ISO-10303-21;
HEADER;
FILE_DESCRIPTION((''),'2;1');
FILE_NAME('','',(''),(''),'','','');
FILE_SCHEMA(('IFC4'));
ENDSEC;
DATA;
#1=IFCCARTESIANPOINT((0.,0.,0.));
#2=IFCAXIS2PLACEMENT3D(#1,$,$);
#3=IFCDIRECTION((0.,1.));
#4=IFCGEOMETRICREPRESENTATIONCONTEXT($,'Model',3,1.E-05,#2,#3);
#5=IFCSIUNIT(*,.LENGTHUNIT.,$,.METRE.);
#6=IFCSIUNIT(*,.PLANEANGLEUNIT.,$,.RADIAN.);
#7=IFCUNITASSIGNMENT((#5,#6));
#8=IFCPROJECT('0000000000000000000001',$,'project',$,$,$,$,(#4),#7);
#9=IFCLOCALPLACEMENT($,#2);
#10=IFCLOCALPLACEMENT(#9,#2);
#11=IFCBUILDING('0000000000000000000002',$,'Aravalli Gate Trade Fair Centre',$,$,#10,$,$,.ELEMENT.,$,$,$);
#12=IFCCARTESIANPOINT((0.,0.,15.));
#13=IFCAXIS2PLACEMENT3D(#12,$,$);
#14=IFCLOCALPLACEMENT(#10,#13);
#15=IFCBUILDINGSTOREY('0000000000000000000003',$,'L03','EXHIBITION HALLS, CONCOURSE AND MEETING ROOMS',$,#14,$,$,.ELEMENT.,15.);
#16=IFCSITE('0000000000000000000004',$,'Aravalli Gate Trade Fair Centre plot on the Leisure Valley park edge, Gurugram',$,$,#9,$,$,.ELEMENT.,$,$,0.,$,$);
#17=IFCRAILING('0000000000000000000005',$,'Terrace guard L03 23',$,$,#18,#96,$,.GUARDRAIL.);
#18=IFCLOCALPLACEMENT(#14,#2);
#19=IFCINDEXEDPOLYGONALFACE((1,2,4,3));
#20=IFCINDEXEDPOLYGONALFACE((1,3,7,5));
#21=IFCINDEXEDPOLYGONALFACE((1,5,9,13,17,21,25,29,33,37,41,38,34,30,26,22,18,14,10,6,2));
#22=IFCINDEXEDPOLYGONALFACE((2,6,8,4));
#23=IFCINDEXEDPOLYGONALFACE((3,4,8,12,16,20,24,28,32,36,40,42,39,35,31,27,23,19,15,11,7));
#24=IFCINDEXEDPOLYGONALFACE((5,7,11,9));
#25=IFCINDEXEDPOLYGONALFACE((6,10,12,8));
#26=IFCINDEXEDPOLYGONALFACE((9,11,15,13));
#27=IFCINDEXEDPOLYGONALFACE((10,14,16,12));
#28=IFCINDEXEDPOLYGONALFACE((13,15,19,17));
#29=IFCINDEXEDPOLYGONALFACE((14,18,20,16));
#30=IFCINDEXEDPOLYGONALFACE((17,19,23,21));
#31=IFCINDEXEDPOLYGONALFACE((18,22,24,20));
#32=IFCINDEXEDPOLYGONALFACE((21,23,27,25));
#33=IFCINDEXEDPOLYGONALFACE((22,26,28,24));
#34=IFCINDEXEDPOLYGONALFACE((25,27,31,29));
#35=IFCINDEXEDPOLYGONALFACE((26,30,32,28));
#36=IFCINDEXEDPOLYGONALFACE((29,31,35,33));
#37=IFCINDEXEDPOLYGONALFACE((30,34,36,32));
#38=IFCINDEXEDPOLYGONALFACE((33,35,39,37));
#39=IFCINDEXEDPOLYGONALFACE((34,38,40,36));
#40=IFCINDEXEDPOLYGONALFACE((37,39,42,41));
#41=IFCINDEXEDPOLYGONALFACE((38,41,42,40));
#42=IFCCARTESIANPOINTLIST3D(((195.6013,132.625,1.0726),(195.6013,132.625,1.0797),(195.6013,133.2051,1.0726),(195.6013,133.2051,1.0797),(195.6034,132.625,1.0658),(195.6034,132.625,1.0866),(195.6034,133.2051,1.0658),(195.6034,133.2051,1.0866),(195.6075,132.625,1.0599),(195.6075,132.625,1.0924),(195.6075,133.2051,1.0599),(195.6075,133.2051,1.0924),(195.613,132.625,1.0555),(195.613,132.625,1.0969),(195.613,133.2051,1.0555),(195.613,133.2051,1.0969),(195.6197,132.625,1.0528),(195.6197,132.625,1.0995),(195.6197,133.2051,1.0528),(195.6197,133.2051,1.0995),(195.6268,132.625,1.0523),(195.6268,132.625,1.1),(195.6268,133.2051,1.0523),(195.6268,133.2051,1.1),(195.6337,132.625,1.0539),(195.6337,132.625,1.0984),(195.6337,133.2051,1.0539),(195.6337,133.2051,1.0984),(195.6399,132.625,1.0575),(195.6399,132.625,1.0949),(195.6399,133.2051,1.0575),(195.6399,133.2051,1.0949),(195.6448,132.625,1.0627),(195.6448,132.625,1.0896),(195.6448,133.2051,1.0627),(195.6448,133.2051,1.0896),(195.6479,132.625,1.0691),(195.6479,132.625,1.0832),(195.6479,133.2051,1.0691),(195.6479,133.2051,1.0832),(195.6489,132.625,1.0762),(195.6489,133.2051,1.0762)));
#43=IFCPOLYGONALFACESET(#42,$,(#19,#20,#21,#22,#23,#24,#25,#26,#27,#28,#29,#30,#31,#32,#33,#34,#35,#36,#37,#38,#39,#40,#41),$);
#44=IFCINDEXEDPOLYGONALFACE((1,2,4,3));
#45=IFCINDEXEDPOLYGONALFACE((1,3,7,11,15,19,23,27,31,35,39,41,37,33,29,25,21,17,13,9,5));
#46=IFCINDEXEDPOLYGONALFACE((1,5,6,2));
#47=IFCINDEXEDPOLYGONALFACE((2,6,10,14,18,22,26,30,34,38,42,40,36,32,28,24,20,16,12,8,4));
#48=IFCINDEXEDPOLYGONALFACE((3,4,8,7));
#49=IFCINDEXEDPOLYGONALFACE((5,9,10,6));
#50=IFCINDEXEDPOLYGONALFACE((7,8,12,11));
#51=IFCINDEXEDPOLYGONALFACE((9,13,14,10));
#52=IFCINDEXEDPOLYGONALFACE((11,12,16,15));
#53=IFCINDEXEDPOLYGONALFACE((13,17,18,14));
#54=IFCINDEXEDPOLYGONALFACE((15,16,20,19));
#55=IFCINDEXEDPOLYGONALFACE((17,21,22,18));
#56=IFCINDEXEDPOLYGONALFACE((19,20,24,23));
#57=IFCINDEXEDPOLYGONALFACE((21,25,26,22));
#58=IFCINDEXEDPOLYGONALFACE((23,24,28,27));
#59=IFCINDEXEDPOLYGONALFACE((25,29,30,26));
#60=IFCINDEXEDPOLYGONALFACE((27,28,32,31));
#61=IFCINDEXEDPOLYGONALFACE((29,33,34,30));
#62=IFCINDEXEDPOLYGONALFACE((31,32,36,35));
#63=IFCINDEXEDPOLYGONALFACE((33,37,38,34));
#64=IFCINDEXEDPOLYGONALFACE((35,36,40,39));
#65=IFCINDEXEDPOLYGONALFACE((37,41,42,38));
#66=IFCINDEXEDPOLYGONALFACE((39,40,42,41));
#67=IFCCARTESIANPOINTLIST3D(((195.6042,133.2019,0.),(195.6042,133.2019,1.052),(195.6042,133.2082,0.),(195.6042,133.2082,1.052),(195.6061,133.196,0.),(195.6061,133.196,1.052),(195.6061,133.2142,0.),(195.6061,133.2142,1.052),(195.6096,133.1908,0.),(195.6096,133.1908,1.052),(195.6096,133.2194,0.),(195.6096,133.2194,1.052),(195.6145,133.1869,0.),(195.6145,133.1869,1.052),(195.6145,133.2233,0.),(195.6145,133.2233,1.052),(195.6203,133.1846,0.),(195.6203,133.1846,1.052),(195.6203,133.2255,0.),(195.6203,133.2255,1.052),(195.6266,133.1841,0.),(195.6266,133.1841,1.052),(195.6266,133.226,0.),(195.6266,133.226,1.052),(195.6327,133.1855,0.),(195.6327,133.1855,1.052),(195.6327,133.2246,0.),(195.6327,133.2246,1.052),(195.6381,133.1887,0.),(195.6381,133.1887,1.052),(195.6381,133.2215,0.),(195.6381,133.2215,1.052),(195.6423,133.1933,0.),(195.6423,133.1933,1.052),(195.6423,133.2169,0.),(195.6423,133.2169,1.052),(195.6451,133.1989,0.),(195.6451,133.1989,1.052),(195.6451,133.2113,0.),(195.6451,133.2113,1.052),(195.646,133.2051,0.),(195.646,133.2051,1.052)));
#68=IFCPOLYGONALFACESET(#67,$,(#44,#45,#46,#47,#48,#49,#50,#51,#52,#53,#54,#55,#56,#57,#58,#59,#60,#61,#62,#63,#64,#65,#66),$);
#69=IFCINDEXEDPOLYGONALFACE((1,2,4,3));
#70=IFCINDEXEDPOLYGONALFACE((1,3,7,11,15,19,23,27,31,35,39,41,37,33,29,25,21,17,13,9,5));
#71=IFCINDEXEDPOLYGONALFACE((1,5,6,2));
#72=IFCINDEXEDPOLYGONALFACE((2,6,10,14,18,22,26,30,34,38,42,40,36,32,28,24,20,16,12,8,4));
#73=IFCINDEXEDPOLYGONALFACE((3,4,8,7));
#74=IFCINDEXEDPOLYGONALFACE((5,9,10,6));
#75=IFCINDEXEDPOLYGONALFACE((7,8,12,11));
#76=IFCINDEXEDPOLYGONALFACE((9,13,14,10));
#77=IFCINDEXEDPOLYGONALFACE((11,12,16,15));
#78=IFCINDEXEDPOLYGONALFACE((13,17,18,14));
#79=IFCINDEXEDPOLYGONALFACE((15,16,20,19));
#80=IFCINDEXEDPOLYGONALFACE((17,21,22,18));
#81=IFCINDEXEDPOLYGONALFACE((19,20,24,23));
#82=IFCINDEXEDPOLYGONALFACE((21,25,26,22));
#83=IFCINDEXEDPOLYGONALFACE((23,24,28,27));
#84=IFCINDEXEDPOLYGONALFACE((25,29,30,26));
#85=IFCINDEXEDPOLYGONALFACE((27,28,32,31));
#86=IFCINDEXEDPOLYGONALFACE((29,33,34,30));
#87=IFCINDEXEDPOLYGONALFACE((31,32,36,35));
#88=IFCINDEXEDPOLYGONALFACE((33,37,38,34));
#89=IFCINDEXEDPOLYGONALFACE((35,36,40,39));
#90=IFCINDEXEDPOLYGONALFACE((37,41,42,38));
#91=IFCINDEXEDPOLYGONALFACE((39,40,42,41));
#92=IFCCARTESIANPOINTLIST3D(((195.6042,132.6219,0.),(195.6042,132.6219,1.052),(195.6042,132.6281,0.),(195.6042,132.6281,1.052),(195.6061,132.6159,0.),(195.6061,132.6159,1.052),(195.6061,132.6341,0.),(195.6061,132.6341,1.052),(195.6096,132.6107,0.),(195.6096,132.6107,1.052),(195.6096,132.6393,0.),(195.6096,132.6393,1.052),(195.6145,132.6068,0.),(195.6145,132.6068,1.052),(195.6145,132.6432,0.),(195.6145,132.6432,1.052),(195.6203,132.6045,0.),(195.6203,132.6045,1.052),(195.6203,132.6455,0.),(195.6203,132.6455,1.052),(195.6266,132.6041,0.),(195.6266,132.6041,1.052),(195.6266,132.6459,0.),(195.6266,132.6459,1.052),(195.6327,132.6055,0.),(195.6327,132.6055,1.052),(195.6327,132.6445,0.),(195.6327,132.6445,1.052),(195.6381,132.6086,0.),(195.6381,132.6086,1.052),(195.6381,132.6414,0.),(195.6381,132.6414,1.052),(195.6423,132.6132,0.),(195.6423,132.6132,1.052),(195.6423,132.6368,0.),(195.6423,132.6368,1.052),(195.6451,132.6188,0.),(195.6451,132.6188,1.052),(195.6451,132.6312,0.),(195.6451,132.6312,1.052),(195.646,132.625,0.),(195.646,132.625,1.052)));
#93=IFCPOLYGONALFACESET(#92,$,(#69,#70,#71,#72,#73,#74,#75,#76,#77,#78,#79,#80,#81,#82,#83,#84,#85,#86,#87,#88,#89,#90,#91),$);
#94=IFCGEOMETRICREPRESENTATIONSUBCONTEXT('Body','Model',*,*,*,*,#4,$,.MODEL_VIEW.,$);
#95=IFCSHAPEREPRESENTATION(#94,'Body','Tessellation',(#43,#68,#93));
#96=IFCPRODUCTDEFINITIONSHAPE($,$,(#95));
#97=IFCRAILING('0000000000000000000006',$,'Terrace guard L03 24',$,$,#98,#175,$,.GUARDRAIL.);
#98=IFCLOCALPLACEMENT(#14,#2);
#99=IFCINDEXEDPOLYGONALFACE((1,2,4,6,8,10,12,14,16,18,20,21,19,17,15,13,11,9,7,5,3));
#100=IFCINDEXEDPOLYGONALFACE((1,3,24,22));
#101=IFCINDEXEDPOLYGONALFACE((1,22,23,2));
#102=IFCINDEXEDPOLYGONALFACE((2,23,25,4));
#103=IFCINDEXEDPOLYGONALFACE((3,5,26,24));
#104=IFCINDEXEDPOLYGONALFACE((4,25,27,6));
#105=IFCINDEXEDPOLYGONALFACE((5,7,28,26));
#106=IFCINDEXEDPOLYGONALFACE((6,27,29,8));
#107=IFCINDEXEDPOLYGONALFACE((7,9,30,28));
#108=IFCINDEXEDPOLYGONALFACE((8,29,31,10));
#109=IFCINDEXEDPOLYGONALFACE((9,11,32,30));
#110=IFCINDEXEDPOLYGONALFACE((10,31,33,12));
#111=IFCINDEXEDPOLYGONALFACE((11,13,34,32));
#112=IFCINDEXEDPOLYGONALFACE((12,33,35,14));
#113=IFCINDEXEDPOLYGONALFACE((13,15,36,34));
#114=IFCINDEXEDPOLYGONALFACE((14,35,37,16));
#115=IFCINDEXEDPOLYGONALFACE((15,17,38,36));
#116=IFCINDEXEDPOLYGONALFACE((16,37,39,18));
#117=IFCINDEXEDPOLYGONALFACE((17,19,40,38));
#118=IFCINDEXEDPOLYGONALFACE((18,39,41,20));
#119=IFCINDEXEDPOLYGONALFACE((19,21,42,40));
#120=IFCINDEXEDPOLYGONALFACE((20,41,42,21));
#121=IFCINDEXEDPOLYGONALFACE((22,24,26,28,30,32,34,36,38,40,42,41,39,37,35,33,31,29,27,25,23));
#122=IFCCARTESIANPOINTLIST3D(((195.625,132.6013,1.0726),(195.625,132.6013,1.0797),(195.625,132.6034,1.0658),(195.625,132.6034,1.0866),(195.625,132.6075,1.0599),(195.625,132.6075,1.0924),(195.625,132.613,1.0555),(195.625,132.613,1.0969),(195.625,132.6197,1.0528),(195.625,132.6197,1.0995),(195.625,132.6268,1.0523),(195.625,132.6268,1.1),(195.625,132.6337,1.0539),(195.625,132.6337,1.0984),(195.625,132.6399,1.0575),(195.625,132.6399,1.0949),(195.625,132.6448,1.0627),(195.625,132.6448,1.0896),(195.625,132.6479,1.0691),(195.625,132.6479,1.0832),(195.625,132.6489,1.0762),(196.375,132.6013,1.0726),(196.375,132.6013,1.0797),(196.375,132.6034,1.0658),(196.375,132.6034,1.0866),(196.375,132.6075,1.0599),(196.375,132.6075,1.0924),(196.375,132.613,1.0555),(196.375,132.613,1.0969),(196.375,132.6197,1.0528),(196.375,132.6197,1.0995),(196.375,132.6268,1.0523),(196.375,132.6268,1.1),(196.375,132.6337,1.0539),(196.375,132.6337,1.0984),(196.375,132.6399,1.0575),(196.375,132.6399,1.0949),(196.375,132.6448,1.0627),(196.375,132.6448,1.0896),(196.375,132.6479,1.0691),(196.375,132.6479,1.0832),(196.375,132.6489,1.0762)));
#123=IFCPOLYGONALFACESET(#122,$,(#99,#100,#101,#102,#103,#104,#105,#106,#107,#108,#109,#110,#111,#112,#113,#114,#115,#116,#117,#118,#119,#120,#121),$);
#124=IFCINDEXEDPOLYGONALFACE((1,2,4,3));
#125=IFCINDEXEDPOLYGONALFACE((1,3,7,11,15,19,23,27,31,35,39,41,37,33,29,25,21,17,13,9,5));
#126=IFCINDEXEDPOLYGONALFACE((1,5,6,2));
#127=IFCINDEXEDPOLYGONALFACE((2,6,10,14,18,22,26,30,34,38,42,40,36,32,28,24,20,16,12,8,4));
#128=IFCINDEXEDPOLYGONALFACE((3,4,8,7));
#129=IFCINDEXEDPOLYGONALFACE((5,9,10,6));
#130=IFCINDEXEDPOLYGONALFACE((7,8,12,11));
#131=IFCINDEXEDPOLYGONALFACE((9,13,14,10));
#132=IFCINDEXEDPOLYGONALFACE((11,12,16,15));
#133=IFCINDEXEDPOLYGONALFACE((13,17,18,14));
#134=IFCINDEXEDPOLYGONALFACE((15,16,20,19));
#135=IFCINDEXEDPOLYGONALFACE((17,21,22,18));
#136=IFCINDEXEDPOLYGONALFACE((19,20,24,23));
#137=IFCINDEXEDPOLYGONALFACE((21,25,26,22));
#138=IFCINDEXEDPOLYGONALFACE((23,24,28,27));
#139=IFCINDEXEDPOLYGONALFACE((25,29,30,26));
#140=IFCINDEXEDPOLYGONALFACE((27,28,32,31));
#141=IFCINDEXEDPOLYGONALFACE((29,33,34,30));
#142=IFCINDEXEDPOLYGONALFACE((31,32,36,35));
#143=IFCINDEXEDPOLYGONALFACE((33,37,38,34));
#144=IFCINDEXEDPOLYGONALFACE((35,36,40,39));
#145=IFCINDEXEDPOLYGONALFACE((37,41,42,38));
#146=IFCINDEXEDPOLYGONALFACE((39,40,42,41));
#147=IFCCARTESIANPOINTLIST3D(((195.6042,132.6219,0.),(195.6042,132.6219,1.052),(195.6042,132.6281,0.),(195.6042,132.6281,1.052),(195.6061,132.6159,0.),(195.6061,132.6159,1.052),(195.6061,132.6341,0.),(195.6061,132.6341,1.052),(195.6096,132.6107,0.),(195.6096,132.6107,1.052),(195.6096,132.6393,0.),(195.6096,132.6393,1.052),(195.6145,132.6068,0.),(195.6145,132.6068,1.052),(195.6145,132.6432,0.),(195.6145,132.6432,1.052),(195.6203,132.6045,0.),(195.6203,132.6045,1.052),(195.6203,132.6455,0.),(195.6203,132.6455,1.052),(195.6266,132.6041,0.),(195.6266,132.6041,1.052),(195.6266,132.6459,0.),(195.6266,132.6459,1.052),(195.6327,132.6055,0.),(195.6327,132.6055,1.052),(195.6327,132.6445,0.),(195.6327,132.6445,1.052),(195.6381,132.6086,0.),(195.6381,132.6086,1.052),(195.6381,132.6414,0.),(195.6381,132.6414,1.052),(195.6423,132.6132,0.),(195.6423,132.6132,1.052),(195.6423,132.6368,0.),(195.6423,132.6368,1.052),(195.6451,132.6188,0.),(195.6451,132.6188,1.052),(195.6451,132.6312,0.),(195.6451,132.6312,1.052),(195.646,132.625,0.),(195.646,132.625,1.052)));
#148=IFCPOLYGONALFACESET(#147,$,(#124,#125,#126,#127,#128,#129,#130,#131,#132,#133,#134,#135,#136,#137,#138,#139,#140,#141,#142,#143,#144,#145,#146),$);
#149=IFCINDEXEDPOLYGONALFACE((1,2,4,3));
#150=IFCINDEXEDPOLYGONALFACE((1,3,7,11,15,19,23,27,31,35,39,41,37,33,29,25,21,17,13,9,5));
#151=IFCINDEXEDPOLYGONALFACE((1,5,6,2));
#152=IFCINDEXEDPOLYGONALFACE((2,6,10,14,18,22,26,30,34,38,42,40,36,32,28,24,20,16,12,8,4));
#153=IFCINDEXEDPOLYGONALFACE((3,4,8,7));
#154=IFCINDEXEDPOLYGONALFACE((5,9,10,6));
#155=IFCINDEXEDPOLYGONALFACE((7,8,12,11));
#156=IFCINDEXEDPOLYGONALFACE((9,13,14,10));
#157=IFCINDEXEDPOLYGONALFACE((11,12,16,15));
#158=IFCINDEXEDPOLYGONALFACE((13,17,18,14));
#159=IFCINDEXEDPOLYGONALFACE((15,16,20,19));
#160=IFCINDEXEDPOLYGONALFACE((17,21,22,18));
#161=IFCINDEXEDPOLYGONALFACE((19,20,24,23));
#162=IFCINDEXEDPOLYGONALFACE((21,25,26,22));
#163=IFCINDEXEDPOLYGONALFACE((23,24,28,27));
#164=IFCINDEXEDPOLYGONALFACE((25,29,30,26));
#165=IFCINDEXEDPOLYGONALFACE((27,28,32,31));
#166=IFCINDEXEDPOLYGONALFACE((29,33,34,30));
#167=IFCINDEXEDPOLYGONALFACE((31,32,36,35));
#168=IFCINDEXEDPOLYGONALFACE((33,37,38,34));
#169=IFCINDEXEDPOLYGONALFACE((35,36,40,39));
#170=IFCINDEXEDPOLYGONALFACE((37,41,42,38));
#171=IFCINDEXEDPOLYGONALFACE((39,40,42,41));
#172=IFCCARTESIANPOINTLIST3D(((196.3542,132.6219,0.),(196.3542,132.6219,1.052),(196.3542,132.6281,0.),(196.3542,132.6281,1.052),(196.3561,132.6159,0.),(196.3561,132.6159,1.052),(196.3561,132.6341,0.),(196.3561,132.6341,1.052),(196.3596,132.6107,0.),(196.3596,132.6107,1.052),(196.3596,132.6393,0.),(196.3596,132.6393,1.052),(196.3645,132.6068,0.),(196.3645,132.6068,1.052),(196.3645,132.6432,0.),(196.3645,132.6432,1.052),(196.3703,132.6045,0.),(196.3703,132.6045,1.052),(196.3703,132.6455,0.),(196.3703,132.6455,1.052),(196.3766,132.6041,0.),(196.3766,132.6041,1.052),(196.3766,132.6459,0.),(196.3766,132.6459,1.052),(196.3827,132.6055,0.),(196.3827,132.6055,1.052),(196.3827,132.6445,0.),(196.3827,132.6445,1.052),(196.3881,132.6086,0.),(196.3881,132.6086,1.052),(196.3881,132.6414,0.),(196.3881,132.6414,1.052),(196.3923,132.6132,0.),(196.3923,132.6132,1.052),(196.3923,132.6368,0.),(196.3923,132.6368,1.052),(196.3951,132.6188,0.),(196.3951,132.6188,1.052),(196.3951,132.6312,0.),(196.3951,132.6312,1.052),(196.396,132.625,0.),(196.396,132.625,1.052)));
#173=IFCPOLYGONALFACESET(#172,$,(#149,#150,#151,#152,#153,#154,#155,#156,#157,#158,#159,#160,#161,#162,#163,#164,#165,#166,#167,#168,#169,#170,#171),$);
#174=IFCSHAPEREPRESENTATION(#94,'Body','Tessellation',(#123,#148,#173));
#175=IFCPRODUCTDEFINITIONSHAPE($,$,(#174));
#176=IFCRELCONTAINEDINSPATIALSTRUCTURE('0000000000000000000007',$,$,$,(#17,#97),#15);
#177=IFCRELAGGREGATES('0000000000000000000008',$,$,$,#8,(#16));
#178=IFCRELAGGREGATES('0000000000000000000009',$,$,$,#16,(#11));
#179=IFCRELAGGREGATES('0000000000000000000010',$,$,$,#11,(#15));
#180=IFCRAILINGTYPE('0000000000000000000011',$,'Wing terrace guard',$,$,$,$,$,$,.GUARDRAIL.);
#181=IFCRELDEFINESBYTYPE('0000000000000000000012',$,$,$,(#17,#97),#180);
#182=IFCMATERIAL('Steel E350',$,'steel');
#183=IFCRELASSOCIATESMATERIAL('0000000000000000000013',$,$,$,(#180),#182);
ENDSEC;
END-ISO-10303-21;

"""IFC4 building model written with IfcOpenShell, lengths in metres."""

from ifc_helpers import new_model, si_unit, direction, frame, origin, origin_2d, place, context, subcontext, project, spatial, circle, extrude, material, type_object, element, save


model = new_model("IFC4")

# Units and contexts
model_context = context("Model", 3, precision=1e-05, world=origin(), true_north=direction((0.0, 1.0)))
body_context = subcontext(model_context, "Body", "Model", "MODEL_VIEW")
ifc_project = project(units=[si_unit("LENGTHUNIT", "METRE"), si_unit("PLANEANGLEUNIT", "RADIAN")], contexts=[model_context])

# Site, building, storey
site_placement = place(None, origin())
site = spatial("IfcSite", under=ifc_project, at=site_placement, Name="Aravalli Gate Trade Fair Centre plot on the Leisure Valley park edge, Gurugram", CompositionType="ELEMENT", RefElevation=0.0)
building_placement = place(site_placement, origin())
building = spatial("IfcBuilding", under=site, at=building_placement, Name="Aravalli Gate Trade Fair Centre", CompositionType="ELEMENT")
storey_placement = place(building_placement, frame((0.0, 0.0, 15.0)))
storey = spatial("IfcBuildingStorey", under=building, at=storey_placement, Name="L03", Description="EXHIBITION HALLS, CONCOURSE AND MEETING ROOMS", CompositionType="ELEMENT", Elevation=15.0)

# Shared definitions
ifc_material_1 = material(Name="Steel E350", Category="steel")

# Railings
railing_type = type_object("IfcRailingType", Name="Wing terrace guard", PredefinedType="GUARDRAIL", material=ifc_material_1)
railing_1_placement = place(storey_placement, frame((195.625, 133.2051, 0.0)))
element("IfcRailing", 1, at=railing_1_placement, inside=storey, type_object=railing_type, Name="Terrace guard L03 23", PredefinedType="GUARDRAIL", context=body_context, shape_type="SweptSolid", body=[
    extrude(circle(Radius=0.0239, at=origin_2d()), frame((0.0, 0.0, 1.0762), z_axis=(0.0, -1.0, 0.0), x_axis=(1.0, 0.0, 0.0)), (0.0, 0.0, 1.0), 0.5801),
    extrude(circle(Radius=0.021, at=origin_2d()), origin(), (0.0, 0.0, 1.0), 1.052),
    extrude(circle(Radius=0.021, at=origin_2d()), frame((0.0, -0.5801, 0.0)), (0.0, 0.0, 1.0), 1.052),
])
railing_2_placement = place(storey_placement, frame((195.625, 132.625, 0.0)))
element("IfcRailing", 2, at=railing_2_placement, inside=storey, type_object=railing_type, Name="Terrace guard L03 24", PredefinedType="GUARDRAIL", context=body_context, shape_type="SweptSolid", body=[
    extrude(circle(Radius=0.0239, at=origin_2d()), frame((0.0, 0.0, 1.0762), z_axis=(1.0, 0.0, 0.0), x_axis=(0.0, 1.0, 0.0)), (0.0, 0.0, 1.0), 0.75),
    extrude(circle(Radius=0.021, at=origin_2d()), origin(), (0.0, 0.0, 1.0), 1.052),
    extrude(circle(Radius=0.021, at=origin_2d()), frame((0.75, 0.0, 0.0)), (0.0, 0.0, 1.0), 1.052),
])

save(model, "model.ifc")
